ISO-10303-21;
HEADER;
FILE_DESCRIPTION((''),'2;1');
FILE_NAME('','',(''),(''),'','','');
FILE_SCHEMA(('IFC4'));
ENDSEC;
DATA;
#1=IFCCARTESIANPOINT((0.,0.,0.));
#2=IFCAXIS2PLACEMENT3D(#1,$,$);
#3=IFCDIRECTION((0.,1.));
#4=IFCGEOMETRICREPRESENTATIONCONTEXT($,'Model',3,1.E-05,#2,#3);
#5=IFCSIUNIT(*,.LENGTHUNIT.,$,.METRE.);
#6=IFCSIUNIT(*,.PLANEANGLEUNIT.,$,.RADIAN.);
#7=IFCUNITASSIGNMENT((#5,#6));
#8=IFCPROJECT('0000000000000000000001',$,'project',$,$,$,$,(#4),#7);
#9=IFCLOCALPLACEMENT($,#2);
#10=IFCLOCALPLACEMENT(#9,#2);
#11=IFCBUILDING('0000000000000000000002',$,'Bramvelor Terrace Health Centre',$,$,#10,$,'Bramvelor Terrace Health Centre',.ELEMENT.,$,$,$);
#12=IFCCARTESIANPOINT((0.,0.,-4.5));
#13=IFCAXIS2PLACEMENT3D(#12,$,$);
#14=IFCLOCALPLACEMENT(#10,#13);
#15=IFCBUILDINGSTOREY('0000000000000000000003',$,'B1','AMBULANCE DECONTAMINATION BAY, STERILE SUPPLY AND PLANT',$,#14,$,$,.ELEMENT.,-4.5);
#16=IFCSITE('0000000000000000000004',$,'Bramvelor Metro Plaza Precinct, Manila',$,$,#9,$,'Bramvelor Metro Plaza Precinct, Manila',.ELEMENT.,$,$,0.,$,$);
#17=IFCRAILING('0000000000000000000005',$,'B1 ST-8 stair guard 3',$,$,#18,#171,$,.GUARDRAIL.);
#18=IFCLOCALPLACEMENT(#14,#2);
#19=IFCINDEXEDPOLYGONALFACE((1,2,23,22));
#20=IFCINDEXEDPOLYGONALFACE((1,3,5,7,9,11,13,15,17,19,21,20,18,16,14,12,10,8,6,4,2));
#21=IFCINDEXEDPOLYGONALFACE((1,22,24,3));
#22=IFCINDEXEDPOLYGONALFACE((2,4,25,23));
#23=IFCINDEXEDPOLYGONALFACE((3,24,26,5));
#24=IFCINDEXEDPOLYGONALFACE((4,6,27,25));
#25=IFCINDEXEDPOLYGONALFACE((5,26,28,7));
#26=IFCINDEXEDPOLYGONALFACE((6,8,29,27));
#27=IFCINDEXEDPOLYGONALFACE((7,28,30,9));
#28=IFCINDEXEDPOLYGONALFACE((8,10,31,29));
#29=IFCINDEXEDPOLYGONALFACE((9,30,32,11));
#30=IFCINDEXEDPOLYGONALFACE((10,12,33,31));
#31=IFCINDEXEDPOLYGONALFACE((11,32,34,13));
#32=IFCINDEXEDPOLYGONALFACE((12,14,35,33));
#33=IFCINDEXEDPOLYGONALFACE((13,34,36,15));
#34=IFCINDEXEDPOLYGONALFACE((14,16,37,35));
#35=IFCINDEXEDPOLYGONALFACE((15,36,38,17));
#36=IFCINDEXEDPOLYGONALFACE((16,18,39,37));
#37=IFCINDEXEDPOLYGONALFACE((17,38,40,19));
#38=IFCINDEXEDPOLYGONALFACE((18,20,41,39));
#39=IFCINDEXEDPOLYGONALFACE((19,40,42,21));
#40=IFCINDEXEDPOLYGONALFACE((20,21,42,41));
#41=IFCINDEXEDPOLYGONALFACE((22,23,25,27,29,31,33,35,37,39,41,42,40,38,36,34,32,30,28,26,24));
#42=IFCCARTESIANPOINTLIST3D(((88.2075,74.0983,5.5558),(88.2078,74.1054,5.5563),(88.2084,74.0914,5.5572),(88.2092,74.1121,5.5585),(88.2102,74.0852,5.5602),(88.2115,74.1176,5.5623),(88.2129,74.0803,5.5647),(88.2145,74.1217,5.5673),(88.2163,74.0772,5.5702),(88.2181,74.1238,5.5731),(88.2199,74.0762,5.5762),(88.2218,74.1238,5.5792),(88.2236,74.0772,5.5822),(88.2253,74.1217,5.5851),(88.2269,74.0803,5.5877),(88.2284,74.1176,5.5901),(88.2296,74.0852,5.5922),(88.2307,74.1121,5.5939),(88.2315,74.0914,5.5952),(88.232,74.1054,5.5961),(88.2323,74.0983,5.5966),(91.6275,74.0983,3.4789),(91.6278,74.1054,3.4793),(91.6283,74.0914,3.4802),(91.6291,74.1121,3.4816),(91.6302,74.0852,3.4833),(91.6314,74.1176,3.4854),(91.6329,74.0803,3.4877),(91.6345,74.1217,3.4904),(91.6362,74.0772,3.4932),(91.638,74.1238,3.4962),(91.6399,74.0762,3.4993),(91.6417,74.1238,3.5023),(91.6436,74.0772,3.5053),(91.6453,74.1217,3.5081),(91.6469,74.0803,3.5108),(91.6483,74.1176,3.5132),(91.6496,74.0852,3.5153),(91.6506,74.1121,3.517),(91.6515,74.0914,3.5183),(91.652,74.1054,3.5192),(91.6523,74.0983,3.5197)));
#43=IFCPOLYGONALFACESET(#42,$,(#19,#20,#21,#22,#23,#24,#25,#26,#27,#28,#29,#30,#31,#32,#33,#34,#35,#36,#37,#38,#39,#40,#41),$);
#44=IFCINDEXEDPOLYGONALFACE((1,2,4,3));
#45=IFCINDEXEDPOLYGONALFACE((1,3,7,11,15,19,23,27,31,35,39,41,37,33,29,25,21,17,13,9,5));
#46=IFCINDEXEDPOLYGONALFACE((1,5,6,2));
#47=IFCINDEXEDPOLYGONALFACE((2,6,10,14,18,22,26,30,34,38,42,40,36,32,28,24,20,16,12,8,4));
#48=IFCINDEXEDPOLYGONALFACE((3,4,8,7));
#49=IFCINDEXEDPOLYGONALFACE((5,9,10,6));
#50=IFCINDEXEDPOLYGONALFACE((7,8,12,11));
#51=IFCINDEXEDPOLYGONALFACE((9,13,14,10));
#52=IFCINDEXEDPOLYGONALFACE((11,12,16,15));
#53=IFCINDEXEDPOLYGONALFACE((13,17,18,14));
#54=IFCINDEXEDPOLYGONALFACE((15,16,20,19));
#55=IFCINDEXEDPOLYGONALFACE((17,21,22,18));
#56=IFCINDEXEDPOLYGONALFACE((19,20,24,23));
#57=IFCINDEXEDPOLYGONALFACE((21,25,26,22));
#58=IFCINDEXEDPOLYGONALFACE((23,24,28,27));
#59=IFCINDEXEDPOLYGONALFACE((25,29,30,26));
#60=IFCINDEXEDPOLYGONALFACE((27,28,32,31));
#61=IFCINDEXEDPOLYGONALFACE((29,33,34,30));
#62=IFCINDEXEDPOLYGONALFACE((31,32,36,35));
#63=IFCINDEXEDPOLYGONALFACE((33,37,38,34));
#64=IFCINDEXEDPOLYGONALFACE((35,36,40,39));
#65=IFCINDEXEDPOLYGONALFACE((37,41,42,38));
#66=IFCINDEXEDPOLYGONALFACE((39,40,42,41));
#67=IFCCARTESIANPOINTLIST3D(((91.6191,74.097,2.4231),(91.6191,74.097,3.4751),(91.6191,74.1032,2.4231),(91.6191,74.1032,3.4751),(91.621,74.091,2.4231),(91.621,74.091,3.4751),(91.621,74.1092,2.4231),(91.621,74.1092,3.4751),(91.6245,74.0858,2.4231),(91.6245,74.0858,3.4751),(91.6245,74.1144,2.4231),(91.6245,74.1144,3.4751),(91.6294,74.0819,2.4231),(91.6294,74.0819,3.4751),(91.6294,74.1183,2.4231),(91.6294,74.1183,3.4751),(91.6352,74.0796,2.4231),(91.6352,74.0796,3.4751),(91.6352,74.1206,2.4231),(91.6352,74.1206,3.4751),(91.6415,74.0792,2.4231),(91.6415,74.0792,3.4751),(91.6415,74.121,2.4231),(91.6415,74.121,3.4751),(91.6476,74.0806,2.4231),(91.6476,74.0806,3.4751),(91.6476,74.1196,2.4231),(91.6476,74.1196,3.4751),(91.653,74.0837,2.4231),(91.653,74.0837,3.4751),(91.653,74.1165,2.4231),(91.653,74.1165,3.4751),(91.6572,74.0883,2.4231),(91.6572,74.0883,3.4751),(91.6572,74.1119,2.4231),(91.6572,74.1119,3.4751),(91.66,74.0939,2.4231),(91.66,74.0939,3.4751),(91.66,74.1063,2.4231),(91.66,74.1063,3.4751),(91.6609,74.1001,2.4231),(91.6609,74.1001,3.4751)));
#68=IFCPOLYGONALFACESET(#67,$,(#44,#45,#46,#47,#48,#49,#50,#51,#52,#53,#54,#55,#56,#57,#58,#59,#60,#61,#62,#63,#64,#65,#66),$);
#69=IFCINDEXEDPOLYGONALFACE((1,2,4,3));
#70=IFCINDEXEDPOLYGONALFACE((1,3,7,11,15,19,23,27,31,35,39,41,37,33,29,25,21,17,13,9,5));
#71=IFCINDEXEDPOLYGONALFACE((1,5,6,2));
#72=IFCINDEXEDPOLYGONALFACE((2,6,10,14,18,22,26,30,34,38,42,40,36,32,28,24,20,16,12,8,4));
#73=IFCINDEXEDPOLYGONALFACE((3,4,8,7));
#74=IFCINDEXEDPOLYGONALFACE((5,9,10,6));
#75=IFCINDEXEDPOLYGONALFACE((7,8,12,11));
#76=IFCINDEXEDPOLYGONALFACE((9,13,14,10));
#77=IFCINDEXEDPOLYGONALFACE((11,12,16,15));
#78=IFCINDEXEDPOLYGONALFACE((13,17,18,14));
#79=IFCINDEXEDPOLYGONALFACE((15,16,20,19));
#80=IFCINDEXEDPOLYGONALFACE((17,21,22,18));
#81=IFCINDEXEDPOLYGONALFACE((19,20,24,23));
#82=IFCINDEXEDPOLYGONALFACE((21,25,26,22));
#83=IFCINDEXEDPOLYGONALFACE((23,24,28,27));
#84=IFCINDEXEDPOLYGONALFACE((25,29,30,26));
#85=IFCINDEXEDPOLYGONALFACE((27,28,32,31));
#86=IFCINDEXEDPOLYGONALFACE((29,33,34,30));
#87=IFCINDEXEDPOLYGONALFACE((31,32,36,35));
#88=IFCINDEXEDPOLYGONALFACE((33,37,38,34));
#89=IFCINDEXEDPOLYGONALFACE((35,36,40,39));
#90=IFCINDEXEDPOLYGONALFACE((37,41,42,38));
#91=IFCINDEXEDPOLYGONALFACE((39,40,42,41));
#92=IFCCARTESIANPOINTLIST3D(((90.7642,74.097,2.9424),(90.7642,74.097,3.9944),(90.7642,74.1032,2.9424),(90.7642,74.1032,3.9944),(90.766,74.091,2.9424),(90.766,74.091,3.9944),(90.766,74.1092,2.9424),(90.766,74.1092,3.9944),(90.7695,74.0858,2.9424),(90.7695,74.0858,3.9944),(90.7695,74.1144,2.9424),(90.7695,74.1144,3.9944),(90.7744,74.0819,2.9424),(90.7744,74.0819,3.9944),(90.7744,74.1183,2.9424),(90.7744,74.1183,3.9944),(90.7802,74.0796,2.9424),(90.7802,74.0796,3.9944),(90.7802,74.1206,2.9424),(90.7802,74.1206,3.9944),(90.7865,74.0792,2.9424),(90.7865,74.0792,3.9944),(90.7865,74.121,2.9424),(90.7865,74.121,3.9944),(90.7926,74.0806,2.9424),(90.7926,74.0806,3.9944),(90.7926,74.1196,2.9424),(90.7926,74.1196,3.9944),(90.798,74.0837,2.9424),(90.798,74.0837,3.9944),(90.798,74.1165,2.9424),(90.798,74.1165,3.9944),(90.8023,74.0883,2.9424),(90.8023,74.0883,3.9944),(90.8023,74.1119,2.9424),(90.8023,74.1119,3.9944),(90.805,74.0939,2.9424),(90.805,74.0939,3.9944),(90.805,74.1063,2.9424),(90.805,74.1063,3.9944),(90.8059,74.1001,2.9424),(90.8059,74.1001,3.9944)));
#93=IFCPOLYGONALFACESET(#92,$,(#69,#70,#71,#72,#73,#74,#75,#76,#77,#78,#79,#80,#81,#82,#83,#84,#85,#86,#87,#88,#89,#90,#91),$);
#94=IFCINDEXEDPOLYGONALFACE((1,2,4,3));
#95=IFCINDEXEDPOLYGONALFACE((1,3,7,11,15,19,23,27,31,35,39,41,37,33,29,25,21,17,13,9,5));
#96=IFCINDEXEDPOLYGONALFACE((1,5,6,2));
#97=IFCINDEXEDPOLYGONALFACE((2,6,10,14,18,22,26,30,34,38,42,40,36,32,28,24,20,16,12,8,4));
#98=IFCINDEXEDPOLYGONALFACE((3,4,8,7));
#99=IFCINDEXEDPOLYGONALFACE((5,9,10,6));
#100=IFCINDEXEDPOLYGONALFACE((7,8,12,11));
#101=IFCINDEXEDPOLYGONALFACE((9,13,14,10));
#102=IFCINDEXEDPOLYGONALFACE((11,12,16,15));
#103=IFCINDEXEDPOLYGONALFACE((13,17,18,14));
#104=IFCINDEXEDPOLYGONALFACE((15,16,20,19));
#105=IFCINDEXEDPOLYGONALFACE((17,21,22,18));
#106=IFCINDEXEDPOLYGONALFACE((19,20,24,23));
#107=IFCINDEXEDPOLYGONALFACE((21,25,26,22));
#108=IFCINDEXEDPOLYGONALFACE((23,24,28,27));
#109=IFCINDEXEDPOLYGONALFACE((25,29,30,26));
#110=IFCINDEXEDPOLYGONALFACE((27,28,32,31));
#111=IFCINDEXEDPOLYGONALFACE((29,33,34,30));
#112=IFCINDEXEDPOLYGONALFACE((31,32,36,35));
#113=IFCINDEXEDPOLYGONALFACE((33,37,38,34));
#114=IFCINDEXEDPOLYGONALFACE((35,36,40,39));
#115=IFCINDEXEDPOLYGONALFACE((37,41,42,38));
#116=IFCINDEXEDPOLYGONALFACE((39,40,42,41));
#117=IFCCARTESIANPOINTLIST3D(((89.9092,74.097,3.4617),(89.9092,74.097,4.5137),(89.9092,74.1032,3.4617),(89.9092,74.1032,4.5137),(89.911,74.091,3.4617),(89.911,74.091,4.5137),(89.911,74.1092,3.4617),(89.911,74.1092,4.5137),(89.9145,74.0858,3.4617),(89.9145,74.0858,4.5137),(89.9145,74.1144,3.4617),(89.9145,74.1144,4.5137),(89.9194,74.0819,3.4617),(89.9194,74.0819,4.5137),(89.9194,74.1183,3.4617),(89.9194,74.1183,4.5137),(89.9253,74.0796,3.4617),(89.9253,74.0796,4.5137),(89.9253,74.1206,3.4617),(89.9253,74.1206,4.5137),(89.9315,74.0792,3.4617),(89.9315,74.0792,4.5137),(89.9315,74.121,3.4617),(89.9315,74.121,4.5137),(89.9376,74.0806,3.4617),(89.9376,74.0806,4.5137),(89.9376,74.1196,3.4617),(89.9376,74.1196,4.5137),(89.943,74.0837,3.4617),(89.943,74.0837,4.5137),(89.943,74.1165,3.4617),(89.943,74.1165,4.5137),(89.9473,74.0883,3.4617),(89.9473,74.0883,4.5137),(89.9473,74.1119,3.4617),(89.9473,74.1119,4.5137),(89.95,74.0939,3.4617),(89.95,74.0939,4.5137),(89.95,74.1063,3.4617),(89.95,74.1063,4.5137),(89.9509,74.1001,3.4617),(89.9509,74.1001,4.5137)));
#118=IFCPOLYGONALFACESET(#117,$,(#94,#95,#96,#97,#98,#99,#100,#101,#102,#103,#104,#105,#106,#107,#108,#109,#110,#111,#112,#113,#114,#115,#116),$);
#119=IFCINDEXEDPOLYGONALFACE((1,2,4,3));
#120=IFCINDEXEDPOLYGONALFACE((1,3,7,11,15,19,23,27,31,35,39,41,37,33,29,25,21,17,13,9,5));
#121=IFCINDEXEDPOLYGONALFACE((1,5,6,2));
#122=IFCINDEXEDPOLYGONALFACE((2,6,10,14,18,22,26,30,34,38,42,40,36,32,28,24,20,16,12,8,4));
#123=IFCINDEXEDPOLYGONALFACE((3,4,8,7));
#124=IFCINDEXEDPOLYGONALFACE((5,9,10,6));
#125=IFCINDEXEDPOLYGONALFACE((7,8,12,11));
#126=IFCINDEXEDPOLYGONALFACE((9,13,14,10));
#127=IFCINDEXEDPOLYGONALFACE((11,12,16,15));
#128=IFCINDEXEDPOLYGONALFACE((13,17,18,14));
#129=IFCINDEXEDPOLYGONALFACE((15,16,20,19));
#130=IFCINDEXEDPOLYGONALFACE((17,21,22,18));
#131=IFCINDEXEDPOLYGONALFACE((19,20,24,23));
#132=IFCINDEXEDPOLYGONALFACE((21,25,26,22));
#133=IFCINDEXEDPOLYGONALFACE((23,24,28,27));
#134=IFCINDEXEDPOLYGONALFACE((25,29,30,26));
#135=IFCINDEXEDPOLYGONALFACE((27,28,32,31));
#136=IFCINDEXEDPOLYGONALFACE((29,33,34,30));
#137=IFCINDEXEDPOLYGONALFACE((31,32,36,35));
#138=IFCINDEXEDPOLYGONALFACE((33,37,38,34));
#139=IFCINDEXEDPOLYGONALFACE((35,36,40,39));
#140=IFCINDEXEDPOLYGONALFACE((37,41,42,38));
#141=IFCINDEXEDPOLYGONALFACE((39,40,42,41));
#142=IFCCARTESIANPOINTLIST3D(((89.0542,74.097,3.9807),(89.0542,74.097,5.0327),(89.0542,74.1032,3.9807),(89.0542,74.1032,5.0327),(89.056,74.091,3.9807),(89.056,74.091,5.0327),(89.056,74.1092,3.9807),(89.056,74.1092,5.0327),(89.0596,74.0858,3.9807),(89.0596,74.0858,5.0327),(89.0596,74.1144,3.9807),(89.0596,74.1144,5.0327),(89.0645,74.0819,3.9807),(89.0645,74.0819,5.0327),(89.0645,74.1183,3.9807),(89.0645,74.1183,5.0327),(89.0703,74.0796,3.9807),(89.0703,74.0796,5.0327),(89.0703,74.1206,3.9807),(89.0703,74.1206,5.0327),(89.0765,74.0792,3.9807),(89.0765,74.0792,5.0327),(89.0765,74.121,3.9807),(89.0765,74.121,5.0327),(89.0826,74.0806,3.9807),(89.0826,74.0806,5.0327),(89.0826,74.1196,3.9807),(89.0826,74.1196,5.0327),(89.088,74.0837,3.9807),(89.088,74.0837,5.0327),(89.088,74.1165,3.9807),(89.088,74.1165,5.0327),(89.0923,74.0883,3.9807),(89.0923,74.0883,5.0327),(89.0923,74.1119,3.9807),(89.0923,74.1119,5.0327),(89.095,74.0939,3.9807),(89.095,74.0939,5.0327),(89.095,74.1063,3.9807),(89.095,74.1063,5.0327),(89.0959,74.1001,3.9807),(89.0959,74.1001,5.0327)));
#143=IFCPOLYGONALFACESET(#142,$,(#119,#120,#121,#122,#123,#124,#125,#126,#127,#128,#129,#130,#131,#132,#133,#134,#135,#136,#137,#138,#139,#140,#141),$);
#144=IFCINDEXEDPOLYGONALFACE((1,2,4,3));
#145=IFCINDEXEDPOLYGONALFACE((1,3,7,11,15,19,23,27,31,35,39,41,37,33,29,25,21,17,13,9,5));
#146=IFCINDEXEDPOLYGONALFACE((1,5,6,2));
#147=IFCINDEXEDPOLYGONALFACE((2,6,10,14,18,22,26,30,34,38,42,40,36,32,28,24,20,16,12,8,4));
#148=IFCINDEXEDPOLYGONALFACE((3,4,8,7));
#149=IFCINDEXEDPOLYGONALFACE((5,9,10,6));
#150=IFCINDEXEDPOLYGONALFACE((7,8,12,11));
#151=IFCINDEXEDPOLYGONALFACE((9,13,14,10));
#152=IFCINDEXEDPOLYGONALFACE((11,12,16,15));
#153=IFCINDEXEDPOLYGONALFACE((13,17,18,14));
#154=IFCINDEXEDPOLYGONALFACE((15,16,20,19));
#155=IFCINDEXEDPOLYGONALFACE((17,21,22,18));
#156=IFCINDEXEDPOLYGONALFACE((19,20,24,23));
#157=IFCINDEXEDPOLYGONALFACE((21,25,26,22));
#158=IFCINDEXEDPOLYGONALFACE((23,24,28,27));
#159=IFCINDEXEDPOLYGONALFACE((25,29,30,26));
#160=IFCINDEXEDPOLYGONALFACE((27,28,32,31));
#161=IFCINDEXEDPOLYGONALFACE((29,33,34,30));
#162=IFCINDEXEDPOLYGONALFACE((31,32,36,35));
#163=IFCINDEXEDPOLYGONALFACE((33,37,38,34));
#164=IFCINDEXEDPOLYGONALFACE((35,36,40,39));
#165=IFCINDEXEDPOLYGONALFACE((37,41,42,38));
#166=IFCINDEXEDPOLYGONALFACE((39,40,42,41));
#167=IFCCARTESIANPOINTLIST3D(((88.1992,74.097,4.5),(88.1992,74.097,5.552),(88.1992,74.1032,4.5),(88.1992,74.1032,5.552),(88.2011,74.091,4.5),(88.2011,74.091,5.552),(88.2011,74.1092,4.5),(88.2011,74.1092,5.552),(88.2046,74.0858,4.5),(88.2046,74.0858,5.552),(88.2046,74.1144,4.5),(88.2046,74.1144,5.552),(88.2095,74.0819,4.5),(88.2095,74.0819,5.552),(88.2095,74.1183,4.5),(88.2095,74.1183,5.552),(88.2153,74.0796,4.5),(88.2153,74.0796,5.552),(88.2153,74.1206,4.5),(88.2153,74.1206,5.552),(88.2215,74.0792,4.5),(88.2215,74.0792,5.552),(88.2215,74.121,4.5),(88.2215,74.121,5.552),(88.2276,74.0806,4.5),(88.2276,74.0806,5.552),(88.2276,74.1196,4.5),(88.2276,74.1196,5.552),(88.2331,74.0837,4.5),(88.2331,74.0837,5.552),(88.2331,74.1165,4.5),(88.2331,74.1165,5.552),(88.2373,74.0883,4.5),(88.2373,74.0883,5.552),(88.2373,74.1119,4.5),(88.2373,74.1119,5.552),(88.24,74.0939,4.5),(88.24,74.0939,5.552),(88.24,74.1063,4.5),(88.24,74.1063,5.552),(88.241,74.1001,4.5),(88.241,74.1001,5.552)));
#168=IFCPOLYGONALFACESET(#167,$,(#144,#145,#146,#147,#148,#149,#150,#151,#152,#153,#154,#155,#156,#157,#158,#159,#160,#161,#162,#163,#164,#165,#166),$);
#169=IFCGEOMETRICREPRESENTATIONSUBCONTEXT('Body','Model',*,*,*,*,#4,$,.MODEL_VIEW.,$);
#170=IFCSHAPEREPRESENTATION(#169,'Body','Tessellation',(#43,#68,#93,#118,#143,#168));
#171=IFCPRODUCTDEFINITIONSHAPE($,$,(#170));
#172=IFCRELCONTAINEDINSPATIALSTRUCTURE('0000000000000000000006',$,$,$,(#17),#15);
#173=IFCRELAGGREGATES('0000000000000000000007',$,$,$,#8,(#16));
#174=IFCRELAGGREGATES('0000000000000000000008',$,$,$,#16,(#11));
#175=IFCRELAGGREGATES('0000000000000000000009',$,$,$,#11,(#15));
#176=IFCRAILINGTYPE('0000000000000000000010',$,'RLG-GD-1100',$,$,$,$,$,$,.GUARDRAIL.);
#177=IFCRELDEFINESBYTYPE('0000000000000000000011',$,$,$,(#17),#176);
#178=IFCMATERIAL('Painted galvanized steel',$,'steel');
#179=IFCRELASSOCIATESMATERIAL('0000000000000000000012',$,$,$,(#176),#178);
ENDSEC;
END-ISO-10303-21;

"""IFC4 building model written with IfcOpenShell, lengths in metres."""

from ifc_helpers import new_model, si_unit, direction, frame, origin, origin_2d, place, context, subcontext, project, spatial, circle, extrude, material, type_object, element, save


model = new_model("IFC4")

# Units and contexts
model_context = context("Model", 3, precision=1e-05, world=origin(), true_north=direction((0.0, 1.0)))
body_context = subcontext(model_context, "Body", "Model", "MODEL_VIEW")
ifc_project = project(units=[si_unit("LENGTHUNIT", "METRE"), si_unit("PLANEANGLEUNIT", "RADIAN")], contexts=[model_context])

# Site, building, storey
site_placement = place(None, origin())
site = spatial("IfcSite", under=ifc_project, at=site_placement, Name="Bramvelor Metro Plaza Precinct, Manila", LongName="Bramvelor Metro Plaza Precinct, Manila", CompositionType="ELEMENT", RefElevation=0.0)
building_placement = place(site_placement, origin())
building = spatial("IfcBuilding", under=site, at=building_placement, Name="Bramvelor Terrace Health Centre", LongName="Bramvelor Terrace Health Centre", CompositionType="ELEMENT")
storey_placement = place(building_placement, frame((0.0, 0.0, -4.5)))
storey = spatial("IfcBuildingStorey", under=building, at=storey_placement, Name="B1", Description="AMBULANCE DECONTAMINATION BAY, STERILE SUPPLY AND PLANT", CompositionType="ELEMENT", Elevation=-4.5)

# Railing
ifc_material_1 = material(Name="Painted galvanized steel", Category="steel")
railing_type_1 = type_object("IfcRailingType", Name="RLG-GD-1100", PredefinedType="GUARDRAIL", material=ifc_material_1)
railing_1_placement = place(storey_placement, frame((91.6399, 74.1001, 2.4231)))
element("IfcRailing", 1, at=railing_1_placement, inside=storey, type_object=railing_type_1, Name="B1 ST-8 stair guard 3", PredefinedType="GUARDRAIL", context=body_context, shape_type="SweptSolid", body=[
    extrude(circle(Radius=0.0239, at=origin_2d()), frame((0.0, 0.0, 1.0762), z_axis=(-0.85473, 0.0, 0.519074), x_axis=(0.0, -1.0, 0.0)), (0.0, 0.0, 1.0), 4.0012),
    extrude(circle(Radius=0.021, at=origin_2d()), origin(), (0.0, 0.0, 1.0), 1.052),
    extrude(circle(Radius=0.021, at=origin_2d()), frame((-0.855, 0.0, 0.5193)), (0.0, 0.0, 1.0), 1.052),
    extrude(circle(Radius=0.021, at=origin_2d()), frame((-1.71, 0.0, 1.0386)), (0.0, 0.0, 1.0), 1.052),
    extrude(circle(Radius=0.021, at=origin_2d()), frame((-2.5649, 0.0, 1.5576)), (0.0, 0.0, 1.0), 1.052),
    extrude(circle(Radius=0.021, at=origin_2d()), frame((-3.4199, 0.0, 2.0769)), (0.0, 0.0, 1.0), 1.052),
])

save(model, "model.ifc")
